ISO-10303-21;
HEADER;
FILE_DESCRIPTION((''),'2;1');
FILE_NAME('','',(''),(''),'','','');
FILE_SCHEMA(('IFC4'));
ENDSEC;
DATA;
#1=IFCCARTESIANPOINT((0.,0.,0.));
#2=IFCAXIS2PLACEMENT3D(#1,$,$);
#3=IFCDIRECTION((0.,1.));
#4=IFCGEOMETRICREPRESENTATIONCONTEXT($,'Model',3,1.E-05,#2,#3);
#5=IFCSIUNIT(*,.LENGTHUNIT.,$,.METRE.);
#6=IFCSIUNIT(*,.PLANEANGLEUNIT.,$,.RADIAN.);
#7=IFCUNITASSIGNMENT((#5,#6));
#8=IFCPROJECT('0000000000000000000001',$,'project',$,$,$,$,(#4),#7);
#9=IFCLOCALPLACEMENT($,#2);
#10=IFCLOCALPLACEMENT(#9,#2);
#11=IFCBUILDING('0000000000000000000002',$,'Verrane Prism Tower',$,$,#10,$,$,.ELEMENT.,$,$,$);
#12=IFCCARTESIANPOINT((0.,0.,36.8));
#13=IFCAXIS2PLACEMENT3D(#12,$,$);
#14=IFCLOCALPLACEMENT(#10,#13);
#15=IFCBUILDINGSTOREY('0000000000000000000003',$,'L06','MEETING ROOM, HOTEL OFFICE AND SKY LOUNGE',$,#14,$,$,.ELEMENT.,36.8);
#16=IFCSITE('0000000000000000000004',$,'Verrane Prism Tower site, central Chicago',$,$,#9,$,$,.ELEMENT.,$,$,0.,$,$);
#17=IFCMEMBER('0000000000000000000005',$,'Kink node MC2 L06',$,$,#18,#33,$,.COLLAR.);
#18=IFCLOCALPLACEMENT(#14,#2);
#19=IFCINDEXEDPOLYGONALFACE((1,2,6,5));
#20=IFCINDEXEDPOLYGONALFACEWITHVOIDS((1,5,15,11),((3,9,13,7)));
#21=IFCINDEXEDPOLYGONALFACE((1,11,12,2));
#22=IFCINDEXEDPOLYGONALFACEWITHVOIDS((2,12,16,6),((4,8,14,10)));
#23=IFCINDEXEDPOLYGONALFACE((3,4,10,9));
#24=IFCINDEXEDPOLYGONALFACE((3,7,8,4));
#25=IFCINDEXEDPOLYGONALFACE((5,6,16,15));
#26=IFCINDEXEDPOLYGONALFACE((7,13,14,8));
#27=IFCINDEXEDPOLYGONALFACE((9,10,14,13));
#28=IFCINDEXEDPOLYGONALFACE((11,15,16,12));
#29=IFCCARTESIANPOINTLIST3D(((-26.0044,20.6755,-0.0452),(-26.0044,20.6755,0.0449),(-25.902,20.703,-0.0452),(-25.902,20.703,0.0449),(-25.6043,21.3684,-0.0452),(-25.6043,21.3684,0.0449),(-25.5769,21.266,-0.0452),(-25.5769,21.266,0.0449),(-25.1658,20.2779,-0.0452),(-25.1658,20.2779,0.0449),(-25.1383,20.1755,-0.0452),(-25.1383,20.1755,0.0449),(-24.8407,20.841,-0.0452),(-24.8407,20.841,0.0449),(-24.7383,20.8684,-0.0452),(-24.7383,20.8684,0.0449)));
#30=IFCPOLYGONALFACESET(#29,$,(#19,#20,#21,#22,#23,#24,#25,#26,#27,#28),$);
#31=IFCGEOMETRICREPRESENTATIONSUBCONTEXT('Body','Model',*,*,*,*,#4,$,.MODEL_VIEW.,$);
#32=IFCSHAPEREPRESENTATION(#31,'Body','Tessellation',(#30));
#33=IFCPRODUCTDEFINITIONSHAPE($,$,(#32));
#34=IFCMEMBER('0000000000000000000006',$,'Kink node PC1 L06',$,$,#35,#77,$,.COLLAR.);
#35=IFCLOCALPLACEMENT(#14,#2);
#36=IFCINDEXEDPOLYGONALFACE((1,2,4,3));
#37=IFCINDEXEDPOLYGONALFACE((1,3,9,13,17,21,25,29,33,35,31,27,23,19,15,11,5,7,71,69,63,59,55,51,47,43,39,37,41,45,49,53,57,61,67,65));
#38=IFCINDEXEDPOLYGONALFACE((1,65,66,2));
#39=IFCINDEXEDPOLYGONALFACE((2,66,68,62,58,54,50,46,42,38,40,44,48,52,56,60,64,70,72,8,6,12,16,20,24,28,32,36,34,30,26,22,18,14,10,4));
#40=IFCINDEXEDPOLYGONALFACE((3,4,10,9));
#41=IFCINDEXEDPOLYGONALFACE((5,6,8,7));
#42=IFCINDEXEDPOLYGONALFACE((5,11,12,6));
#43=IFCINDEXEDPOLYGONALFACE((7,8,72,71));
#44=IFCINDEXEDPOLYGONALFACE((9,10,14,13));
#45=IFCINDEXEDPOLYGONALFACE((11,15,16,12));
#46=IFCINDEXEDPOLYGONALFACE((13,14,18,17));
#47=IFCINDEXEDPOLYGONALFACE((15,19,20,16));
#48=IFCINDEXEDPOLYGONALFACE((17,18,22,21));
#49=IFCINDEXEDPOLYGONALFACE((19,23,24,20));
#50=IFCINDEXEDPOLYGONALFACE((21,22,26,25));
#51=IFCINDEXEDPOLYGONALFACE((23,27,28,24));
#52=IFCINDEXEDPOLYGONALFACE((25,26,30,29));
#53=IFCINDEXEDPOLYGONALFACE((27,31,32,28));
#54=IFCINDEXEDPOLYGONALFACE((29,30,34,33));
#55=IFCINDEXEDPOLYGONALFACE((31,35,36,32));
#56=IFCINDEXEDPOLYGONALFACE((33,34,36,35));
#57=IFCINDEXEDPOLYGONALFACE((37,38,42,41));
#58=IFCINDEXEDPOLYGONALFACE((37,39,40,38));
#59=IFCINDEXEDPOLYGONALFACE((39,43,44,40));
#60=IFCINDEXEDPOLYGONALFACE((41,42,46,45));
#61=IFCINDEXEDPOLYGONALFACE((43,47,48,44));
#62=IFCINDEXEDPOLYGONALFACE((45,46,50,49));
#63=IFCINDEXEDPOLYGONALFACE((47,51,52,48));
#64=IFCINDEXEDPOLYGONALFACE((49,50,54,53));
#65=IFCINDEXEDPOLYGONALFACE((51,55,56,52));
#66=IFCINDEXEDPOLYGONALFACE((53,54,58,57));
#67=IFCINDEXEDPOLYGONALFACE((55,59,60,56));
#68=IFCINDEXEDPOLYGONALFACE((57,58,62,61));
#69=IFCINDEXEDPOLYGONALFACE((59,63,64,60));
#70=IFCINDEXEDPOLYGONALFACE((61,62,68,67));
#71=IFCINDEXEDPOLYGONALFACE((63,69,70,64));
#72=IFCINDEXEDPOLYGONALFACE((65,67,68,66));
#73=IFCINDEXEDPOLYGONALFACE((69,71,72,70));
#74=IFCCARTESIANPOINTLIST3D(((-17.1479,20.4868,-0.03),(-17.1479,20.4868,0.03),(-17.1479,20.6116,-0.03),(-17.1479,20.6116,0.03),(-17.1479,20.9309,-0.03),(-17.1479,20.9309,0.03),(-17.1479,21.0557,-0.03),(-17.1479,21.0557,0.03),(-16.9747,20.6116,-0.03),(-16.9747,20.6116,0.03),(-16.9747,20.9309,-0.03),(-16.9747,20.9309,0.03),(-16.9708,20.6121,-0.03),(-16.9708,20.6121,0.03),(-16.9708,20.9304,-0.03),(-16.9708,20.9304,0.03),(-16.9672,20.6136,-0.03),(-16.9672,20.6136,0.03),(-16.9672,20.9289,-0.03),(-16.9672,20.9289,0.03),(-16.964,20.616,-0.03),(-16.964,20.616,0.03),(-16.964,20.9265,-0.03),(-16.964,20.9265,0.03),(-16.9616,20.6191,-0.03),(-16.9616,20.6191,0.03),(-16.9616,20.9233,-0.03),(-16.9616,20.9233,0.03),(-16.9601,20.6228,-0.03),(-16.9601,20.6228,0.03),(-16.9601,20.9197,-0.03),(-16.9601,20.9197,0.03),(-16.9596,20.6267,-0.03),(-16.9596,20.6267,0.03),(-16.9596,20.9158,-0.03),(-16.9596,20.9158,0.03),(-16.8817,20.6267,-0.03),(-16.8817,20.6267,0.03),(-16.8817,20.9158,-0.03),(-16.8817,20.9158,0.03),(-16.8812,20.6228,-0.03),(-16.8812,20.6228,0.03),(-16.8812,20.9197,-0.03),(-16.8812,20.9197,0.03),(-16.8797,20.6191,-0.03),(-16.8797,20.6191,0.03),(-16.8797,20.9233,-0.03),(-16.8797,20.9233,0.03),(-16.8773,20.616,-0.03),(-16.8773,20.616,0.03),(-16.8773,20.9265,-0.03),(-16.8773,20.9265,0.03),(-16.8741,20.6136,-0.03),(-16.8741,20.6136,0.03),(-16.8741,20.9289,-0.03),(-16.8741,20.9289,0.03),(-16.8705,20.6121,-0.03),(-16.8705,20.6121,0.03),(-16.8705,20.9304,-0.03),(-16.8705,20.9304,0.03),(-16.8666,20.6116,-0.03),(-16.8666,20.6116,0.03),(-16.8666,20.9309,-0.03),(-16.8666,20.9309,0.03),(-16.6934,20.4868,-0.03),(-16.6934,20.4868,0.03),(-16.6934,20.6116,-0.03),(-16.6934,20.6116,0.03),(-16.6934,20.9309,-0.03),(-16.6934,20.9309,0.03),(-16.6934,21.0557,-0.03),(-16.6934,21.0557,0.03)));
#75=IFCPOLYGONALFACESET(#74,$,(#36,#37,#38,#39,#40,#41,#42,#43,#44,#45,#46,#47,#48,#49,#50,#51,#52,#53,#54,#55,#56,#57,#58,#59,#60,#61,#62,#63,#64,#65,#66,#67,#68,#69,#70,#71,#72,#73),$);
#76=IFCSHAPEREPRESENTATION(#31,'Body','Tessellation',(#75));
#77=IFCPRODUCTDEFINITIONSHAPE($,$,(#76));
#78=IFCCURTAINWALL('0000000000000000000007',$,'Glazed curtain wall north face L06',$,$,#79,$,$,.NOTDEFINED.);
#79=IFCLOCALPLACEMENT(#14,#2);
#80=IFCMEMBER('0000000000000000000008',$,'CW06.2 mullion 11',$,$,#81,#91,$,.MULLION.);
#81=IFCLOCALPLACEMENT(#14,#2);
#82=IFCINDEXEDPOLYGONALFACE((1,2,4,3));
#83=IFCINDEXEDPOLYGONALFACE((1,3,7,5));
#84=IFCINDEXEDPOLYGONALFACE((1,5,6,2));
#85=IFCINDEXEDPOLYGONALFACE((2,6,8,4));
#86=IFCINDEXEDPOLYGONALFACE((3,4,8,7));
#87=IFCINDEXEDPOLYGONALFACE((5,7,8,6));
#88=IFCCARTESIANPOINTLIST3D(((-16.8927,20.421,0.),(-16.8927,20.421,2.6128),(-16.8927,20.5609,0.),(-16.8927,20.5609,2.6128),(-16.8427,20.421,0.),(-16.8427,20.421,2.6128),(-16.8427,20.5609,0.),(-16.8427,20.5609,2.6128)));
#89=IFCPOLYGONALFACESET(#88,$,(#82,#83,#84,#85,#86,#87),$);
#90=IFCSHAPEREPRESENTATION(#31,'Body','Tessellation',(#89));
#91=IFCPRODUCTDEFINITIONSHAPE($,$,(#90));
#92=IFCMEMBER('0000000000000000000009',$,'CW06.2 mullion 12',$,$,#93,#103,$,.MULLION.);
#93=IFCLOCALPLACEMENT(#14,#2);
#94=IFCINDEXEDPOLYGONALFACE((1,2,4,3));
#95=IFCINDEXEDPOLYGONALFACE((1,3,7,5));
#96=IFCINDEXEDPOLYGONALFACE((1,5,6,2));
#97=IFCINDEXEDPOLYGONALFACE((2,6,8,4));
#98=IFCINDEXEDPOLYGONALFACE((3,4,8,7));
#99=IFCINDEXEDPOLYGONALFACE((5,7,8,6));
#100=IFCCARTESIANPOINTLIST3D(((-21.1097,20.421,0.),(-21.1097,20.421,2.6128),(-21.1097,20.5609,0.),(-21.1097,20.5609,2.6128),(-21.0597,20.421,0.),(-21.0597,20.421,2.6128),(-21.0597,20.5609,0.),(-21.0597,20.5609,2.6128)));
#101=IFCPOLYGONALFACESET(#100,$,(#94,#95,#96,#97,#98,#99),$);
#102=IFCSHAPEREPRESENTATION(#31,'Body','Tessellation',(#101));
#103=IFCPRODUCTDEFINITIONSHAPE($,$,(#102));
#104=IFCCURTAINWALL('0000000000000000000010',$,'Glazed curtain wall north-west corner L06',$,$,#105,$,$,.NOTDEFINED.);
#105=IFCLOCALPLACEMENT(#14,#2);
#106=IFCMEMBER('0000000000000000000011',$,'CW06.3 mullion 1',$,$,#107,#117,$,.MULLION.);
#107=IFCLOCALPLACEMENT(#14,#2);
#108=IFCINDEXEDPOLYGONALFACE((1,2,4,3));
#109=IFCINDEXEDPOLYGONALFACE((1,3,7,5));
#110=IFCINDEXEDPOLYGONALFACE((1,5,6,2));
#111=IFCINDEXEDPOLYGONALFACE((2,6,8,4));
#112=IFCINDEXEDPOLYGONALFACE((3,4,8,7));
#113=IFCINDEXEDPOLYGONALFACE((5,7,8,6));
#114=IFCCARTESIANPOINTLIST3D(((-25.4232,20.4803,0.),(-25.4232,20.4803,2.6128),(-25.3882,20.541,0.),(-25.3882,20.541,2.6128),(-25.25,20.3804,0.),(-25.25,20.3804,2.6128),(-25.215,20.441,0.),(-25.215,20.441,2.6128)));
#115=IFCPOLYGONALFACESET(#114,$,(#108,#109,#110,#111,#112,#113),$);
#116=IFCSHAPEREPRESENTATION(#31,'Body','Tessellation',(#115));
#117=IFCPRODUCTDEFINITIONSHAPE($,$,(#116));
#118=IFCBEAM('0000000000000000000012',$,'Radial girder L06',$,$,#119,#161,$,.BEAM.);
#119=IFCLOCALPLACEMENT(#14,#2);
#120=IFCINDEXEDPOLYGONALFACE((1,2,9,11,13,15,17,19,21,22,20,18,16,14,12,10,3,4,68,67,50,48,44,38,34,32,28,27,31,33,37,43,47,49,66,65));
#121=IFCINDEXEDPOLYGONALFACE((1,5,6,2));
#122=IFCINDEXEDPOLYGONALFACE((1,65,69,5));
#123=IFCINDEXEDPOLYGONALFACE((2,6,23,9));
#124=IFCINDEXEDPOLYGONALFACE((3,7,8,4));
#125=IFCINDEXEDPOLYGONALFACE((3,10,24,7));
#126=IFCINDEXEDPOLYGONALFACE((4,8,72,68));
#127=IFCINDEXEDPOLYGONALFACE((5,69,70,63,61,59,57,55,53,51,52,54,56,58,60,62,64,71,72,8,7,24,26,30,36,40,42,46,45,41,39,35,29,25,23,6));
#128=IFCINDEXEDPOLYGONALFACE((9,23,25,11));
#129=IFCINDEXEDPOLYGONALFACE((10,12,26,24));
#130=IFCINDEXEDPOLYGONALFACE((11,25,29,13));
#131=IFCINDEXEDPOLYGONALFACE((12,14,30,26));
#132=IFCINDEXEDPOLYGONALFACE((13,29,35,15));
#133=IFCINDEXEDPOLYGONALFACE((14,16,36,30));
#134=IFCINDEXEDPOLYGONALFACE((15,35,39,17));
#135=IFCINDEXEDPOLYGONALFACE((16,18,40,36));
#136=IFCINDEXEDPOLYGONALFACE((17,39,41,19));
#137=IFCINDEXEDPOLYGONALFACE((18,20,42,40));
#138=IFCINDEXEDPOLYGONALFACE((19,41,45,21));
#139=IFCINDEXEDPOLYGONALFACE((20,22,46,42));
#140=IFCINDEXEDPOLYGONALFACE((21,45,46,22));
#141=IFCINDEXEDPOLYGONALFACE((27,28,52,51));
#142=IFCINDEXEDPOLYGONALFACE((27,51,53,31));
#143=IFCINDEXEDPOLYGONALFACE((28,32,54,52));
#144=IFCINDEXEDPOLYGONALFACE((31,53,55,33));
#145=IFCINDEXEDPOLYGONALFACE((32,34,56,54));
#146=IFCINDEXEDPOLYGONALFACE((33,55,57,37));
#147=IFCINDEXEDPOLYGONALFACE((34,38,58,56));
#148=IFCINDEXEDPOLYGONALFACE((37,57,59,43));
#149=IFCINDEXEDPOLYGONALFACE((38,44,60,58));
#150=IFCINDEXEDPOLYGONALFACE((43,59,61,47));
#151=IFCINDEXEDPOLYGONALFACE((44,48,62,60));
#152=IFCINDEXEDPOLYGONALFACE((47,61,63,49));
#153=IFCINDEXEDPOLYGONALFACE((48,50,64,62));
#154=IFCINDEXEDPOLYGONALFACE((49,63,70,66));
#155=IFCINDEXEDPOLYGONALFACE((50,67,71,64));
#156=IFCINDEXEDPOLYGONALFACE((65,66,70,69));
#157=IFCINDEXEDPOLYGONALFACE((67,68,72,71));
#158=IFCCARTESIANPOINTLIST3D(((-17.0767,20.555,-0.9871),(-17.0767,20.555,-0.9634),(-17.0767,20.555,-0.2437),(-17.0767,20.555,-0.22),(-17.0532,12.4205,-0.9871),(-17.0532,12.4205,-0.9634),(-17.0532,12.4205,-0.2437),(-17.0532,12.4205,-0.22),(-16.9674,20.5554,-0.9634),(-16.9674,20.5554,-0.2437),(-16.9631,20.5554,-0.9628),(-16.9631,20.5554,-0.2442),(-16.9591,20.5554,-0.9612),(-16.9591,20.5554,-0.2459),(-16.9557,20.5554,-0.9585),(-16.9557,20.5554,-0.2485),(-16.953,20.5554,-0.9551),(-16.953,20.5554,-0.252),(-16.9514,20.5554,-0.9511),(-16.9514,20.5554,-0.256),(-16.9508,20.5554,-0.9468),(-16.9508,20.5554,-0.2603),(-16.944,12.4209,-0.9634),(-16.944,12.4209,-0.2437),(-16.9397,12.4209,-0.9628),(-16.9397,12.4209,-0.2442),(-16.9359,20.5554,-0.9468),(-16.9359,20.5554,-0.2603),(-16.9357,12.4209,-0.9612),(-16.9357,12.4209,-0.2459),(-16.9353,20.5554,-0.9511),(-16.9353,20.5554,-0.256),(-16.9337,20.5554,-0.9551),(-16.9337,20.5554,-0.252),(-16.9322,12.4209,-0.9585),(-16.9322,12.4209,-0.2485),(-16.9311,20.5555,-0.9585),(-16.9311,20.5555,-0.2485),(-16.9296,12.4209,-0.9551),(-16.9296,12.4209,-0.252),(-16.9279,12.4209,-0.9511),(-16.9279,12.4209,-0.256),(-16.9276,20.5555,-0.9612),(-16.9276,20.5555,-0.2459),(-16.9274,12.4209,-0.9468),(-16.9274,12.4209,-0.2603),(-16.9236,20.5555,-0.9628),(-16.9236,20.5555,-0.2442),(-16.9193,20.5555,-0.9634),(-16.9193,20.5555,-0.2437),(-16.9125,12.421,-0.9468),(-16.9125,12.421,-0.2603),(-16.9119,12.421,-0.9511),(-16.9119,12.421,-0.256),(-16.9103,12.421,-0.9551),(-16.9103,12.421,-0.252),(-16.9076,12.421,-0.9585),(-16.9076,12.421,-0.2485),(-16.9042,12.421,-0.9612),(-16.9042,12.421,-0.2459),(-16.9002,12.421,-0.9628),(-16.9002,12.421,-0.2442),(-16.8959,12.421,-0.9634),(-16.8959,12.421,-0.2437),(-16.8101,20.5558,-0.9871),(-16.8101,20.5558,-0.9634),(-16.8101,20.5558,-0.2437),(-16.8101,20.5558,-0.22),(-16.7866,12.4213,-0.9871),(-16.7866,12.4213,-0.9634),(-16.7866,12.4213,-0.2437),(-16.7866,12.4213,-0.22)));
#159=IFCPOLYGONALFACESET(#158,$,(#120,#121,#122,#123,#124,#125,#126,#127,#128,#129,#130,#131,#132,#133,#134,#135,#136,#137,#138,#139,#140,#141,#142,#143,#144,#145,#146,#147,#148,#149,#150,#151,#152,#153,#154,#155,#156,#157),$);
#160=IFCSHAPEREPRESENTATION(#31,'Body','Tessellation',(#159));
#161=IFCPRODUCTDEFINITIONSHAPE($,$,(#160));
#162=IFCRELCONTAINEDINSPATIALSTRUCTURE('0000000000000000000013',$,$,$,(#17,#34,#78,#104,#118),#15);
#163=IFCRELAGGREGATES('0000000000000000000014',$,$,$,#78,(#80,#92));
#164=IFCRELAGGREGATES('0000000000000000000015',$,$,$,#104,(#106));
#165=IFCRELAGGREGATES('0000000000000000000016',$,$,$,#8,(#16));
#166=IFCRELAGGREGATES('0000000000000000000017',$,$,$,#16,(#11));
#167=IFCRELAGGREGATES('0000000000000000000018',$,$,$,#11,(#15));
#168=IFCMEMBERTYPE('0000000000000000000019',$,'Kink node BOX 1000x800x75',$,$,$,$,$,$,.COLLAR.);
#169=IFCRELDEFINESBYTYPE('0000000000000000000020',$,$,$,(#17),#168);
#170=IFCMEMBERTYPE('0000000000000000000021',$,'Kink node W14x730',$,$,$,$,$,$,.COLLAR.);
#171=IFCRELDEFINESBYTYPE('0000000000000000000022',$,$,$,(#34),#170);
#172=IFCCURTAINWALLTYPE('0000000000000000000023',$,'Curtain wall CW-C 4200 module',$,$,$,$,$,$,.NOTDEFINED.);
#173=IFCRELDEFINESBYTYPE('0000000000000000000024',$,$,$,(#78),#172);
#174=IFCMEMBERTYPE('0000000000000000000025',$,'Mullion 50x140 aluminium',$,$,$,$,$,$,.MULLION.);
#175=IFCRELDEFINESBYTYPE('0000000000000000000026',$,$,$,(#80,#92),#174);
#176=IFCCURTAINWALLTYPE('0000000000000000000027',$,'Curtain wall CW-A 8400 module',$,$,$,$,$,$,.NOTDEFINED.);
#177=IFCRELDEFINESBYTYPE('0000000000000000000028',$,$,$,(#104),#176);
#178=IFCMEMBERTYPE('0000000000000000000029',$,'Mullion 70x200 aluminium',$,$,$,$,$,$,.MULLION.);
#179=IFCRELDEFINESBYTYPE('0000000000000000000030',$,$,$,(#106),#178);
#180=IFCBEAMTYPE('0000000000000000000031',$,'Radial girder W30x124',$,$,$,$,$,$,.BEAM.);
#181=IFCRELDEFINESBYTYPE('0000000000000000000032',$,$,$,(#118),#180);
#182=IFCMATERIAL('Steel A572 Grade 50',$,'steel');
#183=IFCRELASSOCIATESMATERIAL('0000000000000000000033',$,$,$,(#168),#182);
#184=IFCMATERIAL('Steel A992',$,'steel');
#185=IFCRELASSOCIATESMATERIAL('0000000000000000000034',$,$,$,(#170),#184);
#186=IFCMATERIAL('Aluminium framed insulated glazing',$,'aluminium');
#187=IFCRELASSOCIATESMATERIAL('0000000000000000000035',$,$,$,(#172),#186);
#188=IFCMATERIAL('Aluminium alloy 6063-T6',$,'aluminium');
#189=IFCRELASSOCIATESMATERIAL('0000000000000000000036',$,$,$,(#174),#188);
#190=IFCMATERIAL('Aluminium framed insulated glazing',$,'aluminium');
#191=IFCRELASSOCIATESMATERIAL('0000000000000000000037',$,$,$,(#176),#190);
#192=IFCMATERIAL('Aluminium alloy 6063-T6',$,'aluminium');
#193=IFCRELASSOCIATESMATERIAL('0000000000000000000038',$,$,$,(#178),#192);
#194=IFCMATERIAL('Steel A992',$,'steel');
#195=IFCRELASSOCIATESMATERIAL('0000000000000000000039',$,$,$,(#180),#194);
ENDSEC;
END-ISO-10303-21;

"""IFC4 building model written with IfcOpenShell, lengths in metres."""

from ifc_helpers import new_model, si_unit, direction, frame, origin, origin_2d, place, context, subcontext, project, spatial, rectangle, hollow_rectangle, i_section, extrude, material, material_profile, profile_set, type_object, element, aggregate, save


model = new_model("IFC4")

# Units and contexts
model_context = context("Model", 3, precision=1e-05, world=origin(), true_north=direction((0.0, 1.0)))
body_context = subcontext(model_context, "Body", "Model", "MODEL_VIEW")
ifc_project = project(units=[si_unit("LENGTHUNIT", "METRE"), si_unit("PLANEANGLEUNIT", "RADIAN")], contexts=[model_context])

# Site, building, storey
site_placement = place(None, origin())
site = spatial("IfcSite", under=ifc_project, at=site_placement, Name="Verrane Prism Tower site, central Chicago", CompositionType="ELEMENT", RefElevation=0.0)
building_placement = place(site_placement, origin())
building = spatial("IfcBuilding", under=site, at=building_placement, Name="Verrane Prism Tower", CompositionType="ELEMENT")
storey_placement = place(building_placement, frame((0.0, 0.0, 36.8)))
storey = spatial("IfcBuildingStorey", under=building, at=storey_placement, Name="L06", Description="MEETING ROOM, HOTEL OFFICE AND SKY LOUNGE", CompositionType="ELEMENT", Elevation=36.8)

# Members
ifc_material_1 = material(Name="Steel A572 Grade 50", Category="steel")
ifc_material_profile_1 = material_profile(ifc_material_1, hollow_rectangle(XDim=0.8, YDim=1.0, WallThickness=0.075, at=origin_2d()), Name="BOX 1000x800x75")
ifc_profile_set_1 = profile_set([ifc_material_profile_1], Name="Steel A572 Grade 50")
member_type_1 = type_object("IfcMemberType", Name="Kink node BOX 1000x800x75", PredefinedType="COLLAR", material=ifc_profile_set_1)
member_1_placement = place(storey_placement, frame((-25.3713, 20.772, -0.0452), z_axis=(0.0, 0.0, 1.0), x_axis=(0.5, 0.866025, 0.0)))
element("IfcMember", 1, at=member_1_placement, inside=storey, type_object=member_type_1, Name="Kink node MC2 L06", PredefinedType="COLLAR", context=body_context, shape_type="SweptSolid", body=[
    extrude(hollow_rectangle(XDim=0.8, YDim=1.0, WallThickness=0.075, at=origin_2d()), origin(), (0.0, 0.0, 1.0), 0.0901),
])
ifc_material_2 = material(Name="Steel A992", Category="steel")
ifc_material_profile_2 = material_profile(ifc_material_2, i_section(OverallWidth=0.4546, OverallDepth=0.5688, WebThickness=0.0779, FlangeThickness=0.1248, FilletRadius=0.0151, at=origin_2d()), Name="W14x730")
ifc_profile_set_2 = profile_set([ifc_material_profile_2], Name="Steel A992")
member_type_2 = type_object("IfcMemberType", Name="Kink node W14x730", PredefinedType="COLLAR", material=ifc_profile_set_2)
member_2_placement = place(storey_placement, frame((-16.9207, 20.7712, -0.03), z_axis=(0.0, 0.0, 1.0), x_axis=(1.0, 0.0, 0.0)))
element("IfcMember", 2, at=member_2_placement, inside=storey, type_object=member_type_2, Name="Kink node PC1 L06", PredefinedType="COLLAR", context=body_context, shape_type="SweptSolid", body=[
    extrude(i_section(OverallWidth=0.4546, OverallDepth=0.5688, WebThickness=0.0779, FlangeThickness=0.1248, FilletRadius=0.0151, at=origin_2d()), origin(), (0.0, 0.0, 1.0), 0.0601),
])

# Curtain wall, members
ifc_material_3 = material(Name="Aluminium framed insulated glazing", Category="aluminium")
curtain_wall_type_1 = type_object("IfcCurtainWallType", Name="Curtain wall CW-C 4200 module", PredefinedType="NOTDEFINED", material=ifc_material_3)
curtain_wall_1_placement = place(storey_placement, origin())
curtain_wall_1 = element("IfcCurtainWall", 3, at=curtain_wall_1_placement, inside=storey, type_object=curtain_wall_type_1, Name="Glazed curtain wall north face L06", PredefinedType="NOTDEFINED")
ifc_material_4 = material(Name="Aluminium alloy 6063-T6", Category="aluminium")
ifc_material_profile_3 = material_profile(ifc_material_4, rectangle(XDim=0.1399, YDim=0.05, at=origin_2d()), Name="Mullion 50x140 aluminium")
ifc_profile_set_3 = profile_set([ifc_material_profile_3], Name="Aluminium alloy 6063-T6")
member_type_3 = type_object("IfcMemberType", Name="Mullion 50x140 aluminium", PredefinedType="MULLION", material=ifc_profile_set_3)
member_3_placement = place(storey_placement, frame((-16.8677, 20.491, 0.0), z_axis=(0.0, 0.0, 1.0), x_axis=(0.0, -1.0, 0.0)))
member_3 = element("IfcMember", 4, at=member_3_placement, type_object=member_type_3, Name="CW06.2 mullion 11", PredefinedType="MULLION", context=body_context, shape_type="SweptSolid", body=[
    extrude(rectangle(XDim=0.1399, YDim=0.05, at=origin_2d()), origin(), (0.0, 0.0, 1.0), 2.6128),
])
member_4_placement = place(storey_placement, frame((-21.0847, 20.491, 0.0), z_axis=(0.0, 0.0, 1.0), x_axis=(0.0, -1.0, 0.0)))
member_4 = element("IfcMember", 5, at=member_4_placement, type_object=member_type_3, Name="CW06.2 mullion 12", PredefinedType="MULLION", context=body_context, shape_type="SweptSolid", body=[
    extrude(rectangle(XDim=0.1399, YDim=0.05, at=origin_2d()), origin(), (0.0, 0.0, 1.0), 2.6128),
])

# Curtain wall, member
ifc_material_5 = material(Name="Aluminium framed insulated glazing", Category="aluminium")
curtain_wall_type_2 = type_object("IfcCurtainWallType", Name="Curtain wall CW-A 8400 module", PredefinedType="NOTDEFINED", material=ifc_material_5)
curtain_wall_2_placement = place(storey_placement, origin())
curtain_wall_2 = element("IfcCurtainWall", 6, at=curtain_wall_2_placement, inside=storey, type_object=curtain_wall_type_2, Name="Glazed curtain wall north-west corner L06", PredefinedType="NOTDEFINED")
ifc_material_6 = material(Name="Aluminium alloy 6063-T6", Category="aluminium")
ifc_material_profile_4 = material_profile(ifc_material_6, rectangle(XDim=0.2, YDim=0.0701, at=origin_2d()), Name="Mullion 70x200 aluminium")
ifc_profile_set_4 = profile_set([ifc_material_profile_4], Name="Aluminium alloy 6063-T6")
member_type_4 = type_object("IfcMemberType", Name="Mullion 70x200 aluminium", PredefinedType="MULLION", material=ifc_profile_set_4)
member_5_placement = place(storey_placement, frame((-25.3191, 20.4607, 0.0), z_axis=(0.0, 0.0, 1.0), x_axis=(0.866027, -0.499997, 0.0)))
member_5 = element("IfcMember", 7, at=member_5_placement, type_object=member_type_4, Name="CW06.3 mullion 1", PredefinedType="MULLION", context=body_context, shape_type="SweptSolid", body=[
    extrude(rectangle(XDim=0.2, YDim=0.0701, at=origin_2d()), origin(), (0.0, 0.0, 1.0), 2.6128),
])

# Beam
ifc_material_7 = material(Name="Steel A992", Category="steel")
ifc_material_profile_5 = material_profile(ifc_material_7, i_section(OverallWidth=0.2666, OverallDepth=0.7671, WebThickness=0.0149, FlangeThickness=0.0237, FilletRadius=0.0166, at=origin_2d()), Name="W30x124")
ifc_profile_set_5 = profile_set([ifc_material_profile_5], Name="Steel A992")
beam_type_1 = type_object("IfcBeamType", Name="Radial girder W30x124", PredefinedType="BEAM", material=ifc_profile_set_5)
beam_1_placement = place(storey_placement, frame((-16.9434, 20.5554, -0.6035), z_axis=(0.002881, -0.999996, 0.0), x_axis=(0.999996, 0.002881, 0.0)))
element("IfcBeam", 8, at=beam_1_placement, inside=storey, type_object=beam_type_1, Name="Radial girder L06", PredefinedType="BEAM", context=body_context, shape_type="SweptSolid", body=[
    extrude(i_section(OverallWidth=0.2666, OverallDepth=0.7671, WebThickness=0.0149, FlangeThickness=0.0237, FilletRadius=0.0166, at=origin_2d()), origin(), (0.0, 0.0, 1.0), 8.1345),
])

aggregate(curtain_wall_1, [member_3, member_4])
aggregate(curtain_wall_2, [member_5])

save(model, "model.ifc")
